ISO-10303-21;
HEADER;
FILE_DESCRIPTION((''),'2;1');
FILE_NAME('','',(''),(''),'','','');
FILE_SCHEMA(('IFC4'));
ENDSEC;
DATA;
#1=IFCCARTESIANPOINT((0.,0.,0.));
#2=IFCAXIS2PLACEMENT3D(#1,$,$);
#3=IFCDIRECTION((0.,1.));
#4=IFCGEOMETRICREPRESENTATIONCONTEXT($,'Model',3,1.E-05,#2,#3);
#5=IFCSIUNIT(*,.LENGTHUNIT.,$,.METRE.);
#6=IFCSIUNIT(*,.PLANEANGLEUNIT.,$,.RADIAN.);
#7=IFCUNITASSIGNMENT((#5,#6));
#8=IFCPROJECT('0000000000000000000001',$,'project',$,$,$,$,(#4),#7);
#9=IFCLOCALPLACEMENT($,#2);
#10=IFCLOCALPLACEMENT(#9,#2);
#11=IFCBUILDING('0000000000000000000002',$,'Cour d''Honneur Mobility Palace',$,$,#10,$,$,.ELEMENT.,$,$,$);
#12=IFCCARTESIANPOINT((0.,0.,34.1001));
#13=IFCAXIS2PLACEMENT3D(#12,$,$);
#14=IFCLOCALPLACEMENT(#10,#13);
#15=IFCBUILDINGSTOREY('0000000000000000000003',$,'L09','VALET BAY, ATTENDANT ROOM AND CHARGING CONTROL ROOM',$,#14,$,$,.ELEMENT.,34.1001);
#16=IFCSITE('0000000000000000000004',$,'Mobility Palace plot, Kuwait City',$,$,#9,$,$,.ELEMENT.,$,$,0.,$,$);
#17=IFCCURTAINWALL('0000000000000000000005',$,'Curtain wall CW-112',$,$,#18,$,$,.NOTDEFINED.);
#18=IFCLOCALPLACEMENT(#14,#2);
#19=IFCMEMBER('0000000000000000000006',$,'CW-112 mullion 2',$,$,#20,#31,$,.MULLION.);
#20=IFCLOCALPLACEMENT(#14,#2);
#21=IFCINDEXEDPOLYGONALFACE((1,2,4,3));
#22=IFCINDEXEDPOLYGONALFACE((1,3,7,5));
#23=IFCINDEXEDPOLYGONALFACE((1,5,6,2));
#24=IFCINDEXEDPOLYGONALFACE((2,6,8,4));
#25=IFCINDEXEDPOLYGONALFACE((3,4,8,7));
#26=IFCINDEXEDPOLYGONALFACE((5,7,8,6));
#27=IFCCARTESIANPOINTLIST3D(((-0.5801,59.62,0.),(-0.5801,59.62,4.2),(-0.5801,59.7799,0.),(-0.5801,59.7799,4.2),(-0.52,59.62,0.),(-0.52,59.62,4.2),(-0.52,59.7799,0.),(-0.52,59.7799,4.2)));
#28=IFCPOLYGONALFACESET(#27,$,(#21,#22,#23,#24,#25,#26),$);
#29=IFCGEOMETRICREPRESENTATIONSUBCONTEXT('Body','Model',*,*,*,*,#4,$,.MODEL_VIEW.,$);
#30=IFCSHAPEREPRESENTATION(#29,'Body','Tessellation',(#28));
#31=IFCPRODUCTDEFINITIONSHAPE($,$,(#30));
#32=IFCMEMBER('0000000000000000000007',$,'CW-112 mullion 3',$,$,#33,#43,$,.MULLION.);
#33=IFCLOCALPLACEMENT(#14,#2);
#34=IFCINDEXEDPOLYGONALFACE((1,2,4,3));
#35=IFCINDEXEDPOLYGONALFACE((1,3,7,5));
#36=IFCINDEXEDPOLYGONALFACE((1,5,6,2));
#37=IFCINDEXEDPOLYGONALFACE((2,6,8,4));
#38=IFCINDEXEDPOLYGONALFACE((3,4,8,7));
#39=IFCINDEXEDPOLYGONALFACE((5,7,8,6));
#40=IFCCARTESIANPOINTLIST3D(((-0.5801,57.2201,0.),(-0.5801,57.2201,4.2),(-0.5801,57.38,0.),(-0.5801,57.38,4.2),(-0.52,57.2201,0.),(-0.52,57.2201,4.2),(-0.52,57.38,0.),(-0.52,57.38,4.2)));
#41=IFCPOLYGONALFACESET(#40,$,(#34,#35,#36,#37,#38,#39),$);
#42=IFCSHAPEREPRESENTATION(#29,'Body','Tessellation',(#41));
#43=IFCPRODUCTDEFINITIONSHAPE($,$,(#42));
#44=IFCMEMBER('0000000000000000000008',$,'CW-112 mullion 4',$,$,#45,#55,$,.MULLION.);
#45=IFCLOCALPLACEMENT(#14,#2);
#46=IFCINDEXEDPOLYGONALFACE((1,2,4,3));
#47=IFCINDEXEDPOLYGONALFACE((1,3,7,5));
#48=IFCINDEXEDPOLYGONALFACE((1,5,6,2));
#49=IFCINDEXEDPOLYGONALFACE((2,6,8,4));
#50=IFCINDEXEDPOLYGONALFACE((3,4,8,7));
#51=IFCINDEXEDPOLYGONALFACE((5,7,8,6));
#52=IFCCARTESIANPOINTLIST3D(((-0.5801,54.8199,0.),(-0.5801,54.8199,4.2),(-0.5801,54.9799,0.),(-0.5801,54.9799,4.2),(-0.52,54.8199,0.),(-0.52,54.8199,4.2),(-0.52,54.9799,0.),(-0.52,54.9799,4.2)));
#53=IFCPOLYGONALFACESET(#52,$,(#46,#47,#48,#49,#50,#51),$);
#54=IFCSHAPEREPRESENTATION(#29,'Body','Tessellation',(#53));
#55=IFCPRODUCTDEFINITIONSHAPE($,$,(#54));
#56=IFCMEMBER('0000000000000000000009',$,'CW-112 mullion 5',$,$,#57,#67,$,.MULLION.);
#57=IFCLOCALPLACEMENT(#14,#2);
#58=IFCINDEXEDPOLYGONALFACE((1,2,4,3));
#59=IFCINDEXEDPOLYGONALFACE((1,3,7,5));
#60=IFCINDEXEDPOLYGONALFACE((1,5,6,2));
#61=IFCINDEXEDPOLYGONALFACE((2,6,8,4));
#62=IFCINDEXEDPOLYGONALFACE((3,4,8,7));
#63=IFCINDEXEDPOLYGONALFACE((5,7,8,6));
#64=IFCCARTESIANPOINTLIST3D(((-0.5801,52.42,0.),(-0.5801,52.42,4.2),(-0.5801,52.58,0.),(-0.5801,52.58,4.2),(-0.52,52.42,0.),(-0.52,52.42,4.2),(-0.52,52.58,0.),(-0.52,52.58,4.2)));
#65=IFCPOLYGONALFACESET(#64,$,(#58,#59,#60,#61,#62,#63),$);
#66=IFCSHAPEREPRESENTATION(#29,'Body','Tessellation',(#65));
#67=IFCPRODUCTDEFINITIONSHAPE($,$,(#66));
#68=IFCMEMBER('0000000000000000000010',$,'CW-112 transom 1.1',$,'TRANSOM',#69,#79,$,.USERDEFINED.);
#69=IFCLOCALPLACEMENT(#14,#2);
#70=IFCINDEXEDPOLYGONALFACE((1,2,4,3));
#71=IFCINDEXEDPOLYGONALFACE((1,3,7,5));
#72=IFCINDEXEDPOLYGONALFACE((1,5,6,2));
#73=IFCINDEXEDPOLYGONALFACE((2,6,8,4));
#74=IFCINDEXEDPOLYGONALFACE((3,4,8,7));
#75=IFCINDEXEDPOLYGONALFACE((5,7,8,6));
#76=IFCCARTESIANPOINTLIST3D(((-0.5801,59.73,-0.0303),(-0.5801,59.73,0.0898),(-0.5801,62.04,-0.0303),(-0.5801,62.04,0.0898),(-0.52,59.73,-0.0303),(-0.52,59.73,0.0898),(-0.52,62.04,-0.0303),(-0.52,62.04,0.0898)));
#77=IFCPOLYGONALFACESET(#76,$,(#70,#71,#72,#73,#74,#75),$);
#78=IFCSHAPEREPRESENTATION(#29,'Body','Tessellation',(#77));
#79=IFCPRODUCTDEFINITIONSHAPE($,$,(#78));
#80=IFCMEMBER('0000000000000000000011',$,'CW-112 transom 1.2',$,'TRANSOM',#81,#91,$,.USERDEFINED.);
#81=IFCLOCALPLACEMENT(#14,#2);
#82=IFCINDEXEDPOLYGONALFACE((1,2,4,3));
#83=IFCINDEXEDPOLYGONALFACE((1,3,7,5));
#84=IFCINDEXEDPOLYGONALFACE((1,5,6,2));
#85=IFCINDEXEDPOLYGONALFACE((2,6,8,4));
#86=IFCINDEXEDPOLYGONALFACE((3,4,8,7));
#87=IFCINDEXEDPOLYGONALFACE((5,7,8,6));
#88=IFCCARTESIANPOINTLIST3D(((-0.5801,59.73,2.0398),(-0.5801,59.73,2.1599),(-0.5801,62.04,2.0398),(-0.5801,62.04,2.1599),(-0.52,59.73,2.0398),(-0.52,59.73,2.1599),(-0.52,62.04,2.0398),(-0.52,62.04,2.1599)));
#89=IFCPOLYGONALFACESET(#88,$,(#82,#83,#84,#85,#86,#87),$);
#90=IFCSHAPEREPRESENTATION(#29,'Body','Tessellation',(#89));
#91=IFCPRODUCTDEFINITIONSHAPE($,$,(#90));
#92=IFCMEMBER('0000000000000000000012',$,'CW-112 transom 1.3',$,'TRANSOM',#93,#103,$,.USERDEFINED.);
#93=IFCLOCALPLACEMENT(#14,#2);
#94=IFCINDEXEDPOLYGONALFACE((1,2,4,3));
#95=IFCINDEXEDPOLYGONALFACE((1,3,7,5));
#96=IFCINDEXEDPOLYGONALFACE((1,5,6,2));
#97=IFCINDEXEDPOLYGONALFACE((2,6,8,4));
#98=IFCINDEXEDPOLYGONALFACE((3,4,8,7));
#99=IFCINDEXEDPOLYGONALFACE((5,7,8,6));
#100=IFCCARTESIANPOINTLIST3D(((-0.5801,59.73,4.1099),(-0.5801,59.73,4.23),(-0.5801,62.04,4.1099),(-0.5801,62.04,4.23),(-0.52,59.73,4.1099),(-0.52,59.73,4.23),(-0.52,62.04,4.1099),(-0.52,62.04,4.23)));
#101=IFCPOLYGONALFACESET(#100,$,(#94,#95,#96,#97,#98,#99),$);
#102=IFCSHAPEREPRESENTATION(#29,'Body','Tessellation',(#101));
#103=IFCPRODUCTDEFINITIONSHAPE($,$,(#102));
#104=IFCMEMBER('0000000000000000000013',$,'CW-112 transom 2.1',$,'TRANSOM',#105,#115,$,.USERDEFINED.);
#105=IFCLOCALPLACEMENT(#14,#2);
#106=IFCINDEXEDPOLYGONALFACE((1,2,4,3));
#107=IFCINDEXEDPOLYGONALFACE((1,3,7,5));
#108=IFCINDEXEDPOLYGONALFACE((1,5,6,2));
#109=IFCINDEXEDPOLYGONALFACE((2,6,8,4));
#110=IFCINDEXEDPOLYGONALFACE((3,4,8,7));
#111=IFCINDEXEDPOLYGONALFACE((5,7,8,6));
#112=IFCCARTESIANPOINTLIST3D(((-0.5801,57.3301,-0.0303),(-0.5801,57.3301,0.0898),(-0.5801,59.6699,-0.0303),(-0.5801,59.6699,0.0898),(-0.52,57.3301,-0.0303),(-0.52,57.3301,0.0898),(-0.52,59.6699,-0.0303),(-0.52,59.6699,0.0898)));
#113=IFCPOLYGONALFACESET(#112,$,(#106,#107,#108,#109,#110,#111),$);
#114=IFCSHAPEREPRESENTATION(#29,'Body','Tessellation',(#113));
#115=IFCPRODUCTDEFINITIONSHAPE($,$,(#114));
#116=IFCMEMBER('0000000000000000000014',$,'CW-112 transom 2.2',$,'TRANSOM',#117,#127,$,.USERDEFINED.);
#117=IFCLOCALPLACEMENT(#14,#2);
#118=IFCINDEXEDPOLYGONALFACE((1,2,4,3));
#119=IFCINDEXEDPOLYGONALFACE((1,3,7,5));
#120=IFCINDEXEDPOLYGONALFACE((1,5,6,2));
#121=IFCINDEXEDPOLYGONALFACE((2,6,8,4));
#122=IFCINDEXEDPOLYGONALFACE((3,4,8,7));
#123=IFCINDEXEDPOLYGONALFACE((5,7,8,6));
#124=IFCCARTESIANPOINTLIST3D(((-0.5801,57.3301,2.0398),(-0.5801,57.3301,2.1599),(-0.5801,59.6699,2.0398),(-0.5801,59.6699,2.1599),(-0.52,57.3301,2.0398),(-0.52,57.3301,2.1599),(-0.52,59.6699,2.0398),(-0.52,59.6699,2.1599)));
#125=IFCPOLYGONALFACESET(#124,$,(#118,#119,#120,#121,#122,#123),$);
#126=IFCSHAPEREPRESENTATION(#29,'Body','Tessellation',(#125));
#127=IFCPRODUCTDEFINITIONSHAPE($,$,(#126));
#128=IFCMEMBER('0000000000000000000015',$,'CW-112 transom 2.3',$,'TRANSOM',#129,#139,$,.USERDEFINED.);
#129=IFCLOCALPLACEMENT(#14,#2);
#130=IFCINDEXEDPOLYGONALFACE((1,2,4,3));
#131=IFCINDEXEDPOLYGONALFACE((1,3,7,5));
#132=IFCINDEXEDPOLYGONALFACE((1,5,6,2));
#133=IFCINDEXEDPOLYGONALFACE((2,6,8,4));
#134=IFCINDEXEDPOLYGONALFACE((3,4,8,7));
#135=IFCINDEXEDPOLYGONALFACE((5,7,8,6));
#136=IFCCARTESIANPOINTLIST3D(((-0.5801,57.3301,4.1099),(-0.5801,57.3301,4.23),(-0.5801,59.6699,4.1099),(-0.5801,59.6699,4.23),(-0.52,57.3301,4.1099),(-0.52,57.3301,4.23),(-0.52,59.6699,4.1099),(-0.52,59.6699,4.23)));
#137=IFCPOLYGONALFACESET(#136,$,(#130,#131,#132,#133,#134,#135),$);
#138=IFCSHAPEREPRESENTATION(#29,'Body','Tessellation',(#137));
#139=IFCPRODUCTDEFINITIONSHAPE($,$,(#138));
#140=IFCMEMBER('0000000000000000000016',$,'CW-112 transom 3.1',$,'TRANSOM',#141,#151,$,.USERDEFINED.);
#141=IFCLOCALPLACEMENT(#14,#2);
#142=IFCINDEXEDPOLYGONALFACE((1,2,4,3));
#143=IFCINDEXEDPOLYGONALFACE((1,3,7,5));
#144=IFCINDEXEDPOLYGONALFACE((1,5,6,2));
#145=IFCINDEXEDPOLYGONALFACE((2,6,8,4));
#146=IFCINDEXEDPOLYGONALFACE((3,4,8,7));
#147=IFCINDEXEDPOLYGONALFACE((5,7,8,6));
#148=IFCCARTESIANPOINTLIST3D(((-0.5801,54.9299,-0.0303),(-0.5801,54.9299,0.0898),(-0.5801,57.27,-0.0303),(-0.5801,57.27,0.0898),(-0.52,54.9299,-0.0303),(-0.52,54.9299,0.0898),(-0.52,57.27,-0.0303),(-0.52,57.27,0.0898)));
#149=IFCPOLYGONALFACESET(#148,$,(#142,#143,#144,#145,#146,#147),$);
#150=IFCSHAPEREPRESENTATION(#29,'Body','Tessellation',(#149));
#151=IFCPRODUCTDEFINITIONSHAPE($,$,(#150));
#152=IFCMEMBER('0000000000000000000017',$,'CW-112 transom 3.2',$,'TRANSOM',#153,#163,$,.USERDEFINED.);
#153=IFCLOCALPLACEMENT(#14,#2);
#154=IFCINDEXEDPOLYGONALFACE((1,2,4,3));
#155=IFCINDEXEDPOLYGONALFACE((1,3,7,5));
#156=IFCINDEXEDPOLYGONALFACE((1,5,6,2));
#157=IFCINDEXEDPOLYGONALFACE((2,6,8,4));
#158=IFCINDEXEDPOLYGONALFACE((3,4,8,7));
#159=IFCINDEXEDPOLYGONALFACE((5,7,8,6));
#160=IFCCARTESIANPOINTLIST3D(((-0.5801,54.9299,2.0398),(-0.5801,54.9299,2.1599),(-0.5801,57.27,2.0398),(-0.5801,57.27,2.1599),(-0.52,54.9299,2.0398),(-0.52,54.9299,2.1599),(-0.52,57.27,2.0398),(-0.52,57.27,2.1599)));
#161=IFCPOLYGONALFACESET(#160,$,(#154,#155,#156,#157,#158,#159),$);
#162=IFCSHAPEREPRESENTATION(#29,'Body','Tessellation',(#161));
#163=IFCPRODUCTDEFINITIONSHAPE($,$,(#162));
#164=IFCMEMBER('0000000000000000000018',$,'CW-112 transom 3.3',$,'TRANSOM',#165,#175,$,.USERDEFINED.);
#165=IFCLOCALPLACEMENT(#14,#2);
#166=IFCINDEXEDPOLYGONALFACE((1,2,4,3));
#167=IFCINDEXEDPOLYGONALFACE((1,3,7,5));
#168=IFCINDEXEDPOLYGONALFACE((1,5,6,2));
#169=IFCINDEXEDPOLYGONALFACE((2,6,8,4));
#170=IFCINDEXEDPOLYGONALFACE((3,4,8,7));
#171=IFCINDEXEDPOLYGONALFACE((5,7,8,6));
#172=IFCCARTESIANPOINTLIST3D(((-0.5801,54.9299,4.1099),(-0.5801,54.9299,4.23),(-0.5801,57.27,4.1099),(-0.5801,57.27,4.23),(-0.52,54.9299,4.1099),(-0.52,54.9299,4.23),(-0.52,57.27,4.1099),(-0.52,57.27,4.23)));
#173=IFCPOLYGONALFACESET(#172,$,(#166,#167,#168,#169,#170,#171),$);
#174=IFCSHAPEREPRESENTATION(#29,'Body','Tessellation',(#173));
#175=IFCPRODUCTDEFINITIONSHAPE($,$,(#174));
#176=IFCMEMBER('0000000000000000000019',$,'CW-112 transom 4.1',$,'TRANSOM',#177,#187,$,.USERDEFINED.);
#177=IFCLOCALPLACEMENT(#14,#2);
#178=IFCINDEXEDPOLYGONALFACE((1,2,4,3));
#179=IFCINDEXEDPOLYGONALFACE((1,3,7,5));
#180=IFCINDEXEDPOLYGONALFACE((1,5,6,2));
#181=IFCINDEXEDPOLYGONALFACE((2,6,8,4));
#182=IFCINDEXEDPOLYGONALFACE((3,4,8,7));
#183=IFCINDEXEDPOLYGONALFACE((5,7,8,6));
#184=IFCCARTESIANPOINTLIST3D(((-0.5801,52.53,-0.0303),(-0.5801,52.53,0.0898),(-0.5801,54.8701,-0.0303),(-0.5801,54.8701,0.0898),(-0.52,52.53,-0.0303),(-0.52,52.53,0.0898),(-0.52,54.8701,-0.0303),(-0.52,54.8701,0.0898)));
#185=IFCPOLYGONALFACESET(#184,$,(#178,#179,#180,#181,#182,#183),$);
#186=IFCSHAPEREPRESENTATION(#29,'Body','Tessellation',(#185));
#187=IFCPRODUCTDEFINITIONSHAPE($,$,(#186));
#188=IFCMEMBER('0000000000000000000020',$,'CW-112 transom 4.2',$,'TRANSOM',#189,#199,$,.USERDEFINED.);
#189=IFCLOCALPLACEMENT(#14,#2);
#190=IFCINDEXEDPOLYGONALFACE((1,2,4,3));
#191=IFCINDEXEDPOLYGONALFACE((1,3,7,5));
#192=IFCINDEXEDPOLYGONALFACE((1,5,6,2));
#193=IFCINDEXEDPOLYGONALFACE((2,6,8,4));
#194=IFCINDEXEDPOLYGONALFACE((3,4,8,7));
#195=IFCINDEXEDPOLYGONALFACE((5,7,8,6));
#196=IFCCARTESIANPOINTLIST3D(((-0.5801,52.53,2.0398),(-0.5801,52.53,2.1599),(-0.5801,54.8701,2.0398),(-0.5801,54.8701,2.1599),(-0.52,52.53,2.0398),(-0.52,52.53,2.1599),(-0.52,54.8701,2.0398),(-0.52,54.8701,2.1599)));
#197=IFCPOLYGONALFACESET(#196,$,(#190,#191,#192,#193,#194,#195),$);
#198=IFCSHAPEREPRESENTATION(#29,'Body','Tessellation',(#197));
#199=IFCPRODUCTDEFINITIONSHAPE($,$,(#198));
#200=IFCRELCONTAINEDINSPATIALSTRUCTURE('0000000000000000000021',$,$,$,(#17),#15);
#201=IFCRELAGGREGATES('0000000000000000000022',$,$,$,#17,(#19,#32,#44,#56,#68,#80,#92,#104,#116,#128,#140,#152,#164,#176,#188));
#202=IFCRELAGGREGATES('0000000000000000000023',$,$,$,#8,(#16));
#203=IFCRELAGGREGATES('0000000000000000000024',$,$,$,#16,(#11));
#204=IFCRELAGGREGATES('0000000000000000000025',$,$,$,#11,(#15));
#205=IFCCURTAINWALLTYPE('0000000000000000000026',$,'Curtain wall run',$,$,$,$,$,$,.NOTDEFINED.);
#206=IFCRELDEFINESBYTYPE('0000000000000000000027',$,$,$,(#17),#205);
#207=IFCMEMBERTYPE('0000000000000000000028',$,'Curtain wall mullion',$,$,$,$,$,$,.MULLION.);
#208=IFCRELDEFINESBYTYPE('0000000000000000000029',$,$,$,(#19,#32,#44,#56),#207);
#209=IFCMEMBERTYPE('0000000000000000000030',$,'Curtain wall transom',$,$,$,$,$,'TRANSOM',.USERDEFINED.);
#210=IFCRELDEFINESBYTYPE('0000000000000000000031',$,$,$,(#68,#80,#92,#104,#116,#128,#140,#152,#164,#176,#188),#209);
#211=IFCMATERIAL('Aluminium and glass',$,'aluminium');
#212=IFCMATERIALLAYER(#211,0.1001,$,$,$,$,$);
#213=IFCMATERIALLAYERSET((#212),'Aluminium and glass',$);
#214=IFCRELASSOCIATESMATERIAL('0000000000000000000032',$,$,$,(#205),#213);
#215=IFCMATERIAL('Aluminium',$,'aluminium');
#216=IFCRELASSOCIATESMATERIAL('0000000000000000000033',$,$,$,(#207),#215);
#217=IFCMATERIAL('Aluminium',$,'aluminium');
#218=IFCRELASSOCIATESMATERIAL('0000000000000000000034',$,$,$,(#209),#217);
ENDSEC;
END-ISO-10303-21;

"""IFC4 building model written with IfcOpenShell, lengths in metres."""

from ifc_helpers import new_model, si_unit, direction, frame, origin, origin_2d, place, context, subcontext, project, spatial, rectangle, extrude, material, layer, layer_set, material_profile, profile_set, type_object, element, aggregate, save


model = new_model("IFC4")

# Units and contexts
model_context = context("Model", 3, precision=1e-05, world=origin(), true_north=direction((0.0, 1.0)))
body_context = subcontext(model_context, "Body", "Model", "MODEL_VIEW")
ifc_project = project(units=[si_unit("LENGTHUNIT", "METRE"), si_unit("PLANEANGLEUNIT", "RADIAN")], contexts=[model_context])

# Site, building, storey
site_placement = place(None, origin())
site = spatial("IfcSite", under=ifc_project, at=site_placement, Name="Mobility Palace plot, Kuwait City", CompositionType="ELEMENT", RefElevation=0.0)
building_placement = place(site_placement, origin())
building = spatial("IfcBuilding", under=site, at=building_placement, Name="Cour d'Honneur Mobility Palace", CompositionType="ELEMENT")
storey_placement = place(building_placement, frame((0.0, 0.0, 34.1001)))
storey = spatial("IfcBuildingStorey", under=building, at=storey_placement, Name="L09", Description="VALET BAY, ATTENDANT ROOM AND CHARGING CONTROL ROOM", CompositionType="ELEMENT", Elevation=34.1001)

# Curtain wall, members
ifc_material_1 = material(Name="Aluminium and glass", Category="aluminium")
ifc_layer_1 = layer(ifc_material_1, 0.1001)
ifc_layer_set_1 = layer_set([ifc_layer_1], Name="Aluminium and glass")
curtain_wall_type = type_object("IfcCurtainWallType", Name="Curtain wall run", PredefinedType="NOTDEFINED", material=ifc_layer_set_1)
curtain_wall_placement = place(storey_placement, origin())
curtain_wall = element("IfcCurtainWall", 1, at=curtain_wall_placement, inside=storey, type_object=curtain_wall_type, Name="Curtain wall CW-112", PredefinedType="NOTDEFINED")
ifc_material_2 = material(Name="Aluminium", Category="aluminium")
ifc_material_profile_1 = material_profile(ifc_material_2, rectangle(XDim=0.0601, YDim=0.1599, at=origin_2d()), Name="Curtain wall mullion")
ifc_profile_set_1 = profile_set([ifc_material_profile_1], Name="Aluminium")
member_type_1 = type_object("IfcMemberType", Name="Curtain wall mullion", PredefinedType="MULLION", material=ifc_profile_set_1)
member_1_placement = place(storey_placement, frame((-0.55, 59.7, 0.0), z_axis=(0.0, 0.0, 1.0), x_axis=(1.0, 0.0, 0.0)))
member_1 = element("IfcMember", 2, at=member_1_placement, type_object=member_type_1, Name="CW-112 mullion 2", PredefinedType="MULLION", context=body_context, shape_type="SweptSolid", body=[
    extrude(rectangle(XDim=0.0601, YDim=0.1599, at=origin_2d()), origin(), (0.0, 0.0, 1.0), 4.2),
])
member_2_placement = place(storey_placement, frame((-0.55, 57.3, 0.0), z_axis=(0.0, 0.0, 1.0), x_axis=(1.0, 0.0, 0.0)))
member_2 = element("IfcMember", 3, at=member_2_placement, type_object=member_type_1, Name="CW-112 mullion 3", PredefinedType="MULLION", context=body_context, shape_type="SweptSolid", body=[
    extrude(rectangle(XDim=0.0601, YDim=0.1599, at=origin_2d()), origin(), (0.0, 0.0, 1.0), 4.2),
])
member_3_placement = place(storey_placement, frame((-0.55, 54.8999, 0.0), z_axis=(0.0, 0.0, 1.0), x_axis=(1.0, 0.0, 0.0)))
member_3 = element("IfcMember", 4, at=member_3_placement, type_object=member_type_1, Name="CW-112 mullion 4", PredefinedType="MULLION", context=body_context, shape_type="SweptSolid", body=[
    extrude(rectangle(XDim=0.0601, YDim=0.1599, at=origin_2d()), origin(), (0.0, 0.0, 1.0), 4.2),
])
member_4_placement = place(storey_placement, frame((-0.55, 52.5, 0.0), z_axis=(0.0, 0.0, 1.0), x_axis=(1.0, 0.0, 0.0)))
member_4 = element("IfcMember", 5, at=member_4_placement, type_object=member_type_1, Name="CW-112 mullion 5", PredefinedType="MULLION", context=body_context, shape_type="SweptSolid", body=[
    extrude(rectangle(XDim=0.0601, YDim=0.1599, at=origin_2d()), origin(), (0.0, 0.0, 1.0), 4.2),
])
ifc_material_3 = material(Name="Aluminium", Category="aluminium")
ifc_material_profile_2 = material_profile(ifc_material_3, rectangle(XDim=0.0601, YDim=0.1201, at=origin_2d()), Name="Curtain wall transom")
ifc_profile_set_2 = profile_set([ifc_material_profile_2], Name="Aluminium")
member_type_2 = type_object("IfcMemberType", Name="Curtain wall transom", ElementType="TRANSOM", PredefinedType="USERDEFINED", material=ifc_profile_set_2)
member_5_placement = place(storey_placement, frame((-0.55, 62.04, 0.0298), z_axis=(0.0, -1.0, 0.0), x_axis=(1.0, 0.0, 0.0)))
member_5 = element("IfcMember", 6, at=member_5_placement, type_object=member_type_2, Name="CW-112 transom 1.1", ObjectType="TRANSOM", PredefinedType="USERDEFINED", context=body_context, shape_type="SweptSolid", body=[
    extrude(rectangle(XDim=0.0601, YDim=0.1201, at=origin_2d()), origin(), (0.0, 0.0, 1.0), 2.3101),
])
member_6_placement = place(storey_placement, frame((-0.55, 62.04, 2.0999), z_axis=(0.0, -1.0, 0.0), x_axis=(1.0, 0.0, 0.0)))
member_6 = element("IfcMember", 7, at=member_6_placement, type_object=member_type_2, Name="CW-112 transom 1.2", ObjectType="TRANSOM", PredefinedType="USERDEFINED", context=body_context, shape_type="SweptSolid", body=[
    extrude(rectangle(XDim=0.0601, YDim=0.1201, at=origin_2d()), origin(), (0.0, 0.0, 1.0), 2.3101),
])
member_7_placement = place(storey_placement, frame((-0.55, 62.04, 4.1699), z_axis=(0.0, -1.0, 0.0), x_axis=(1.0, 0.0, 0.0)))
member_7 = element("IfcMember", 8, at=member_7_placement, type_object=member_type_2, Name="CW-112 transom 1.3", ObjectType="TRANSOM", PredefinedType="USERDEFINED", context=body_context, shape_type="SweptSolid", body=[
    extrude(rectangle(XDim=0.0601, YDim=0.1201, at=origin_2d()), origin(), (0.0, 0.0, 1.0), 2.3101),
])
member_8_placement = place(storey_placement, frame((-0.55, 59.6699, 0.0298), z_axis=(0.0, -1.0, 0.0), x_axis=(1.0, 0.0, 0.0)))
member_8 = element("IfcMember", 9, at=member_8_placement, type_object=member_type_2, Name="CW-112 transom 2.1", ObjectType="TRANSOM", PredefinedType="USERDEFINED", context=body_context, shape_type="SweptSolid", body=[
    extrude(rectangle(XDim=0.0601, YDim=0.1201, at=origin_2d()), origin(), (0.0, 0.0, 1.0), 2.3398),
])
member_9_placement = place(storey_placement, frame((-0.55, 59.6699, 2.0999), z_axis=(0.0, -1.0, 0.0), x_axis=(1.0, 0.0, 0.0)))
member_9 = element("IfcMember", 10, at=member_9_placement, type_object=member_type_2, Name="CW-112 transom 2.2", ObjectType="TRANSOM", PredefinedType="USERDEFINED", context=body_context, shape_type="SweptSolid", body=[
    extrude(rectangle(XDim=0.0601, YDim=0.1201, at=origin_2d()), origin(), (0.0, 0.0, 1.0), 2.3398),
])
member_10_placement = place(storey_placement, frame((-0.55, 59.6699, 4.1699), z_axis=(0.0, -1.0, 0.0), x_axis=(1.0, 0.0, 0.0)))
member_10 = element("IfcMember", 11, at=member_10_placement, type_object=member_type_2, Name="CW-112 transom 2.3", ObjectType="TRANSOM", PredefinedType="USERDEFINED", context=body_context, shape_type="SweptSolid", body=[
    extrude(rectangle(XDim=0.0601, YDim=0.1201, at=origin_2d()), origin(), (0.0, 0.0, 1.0), 2.3398),
])
member_11_placement = place(storey_placement, frame((-0.55, 57.27, 0.0298), z_axis=(0.0, -1.0, 0.0), x_axis=(1.0, 0.0, 0.0)))
member_11 = element("IfcMember", 12, at=member_11_placement, type_object=member_type_2, Name="CW-112 transom 3.1", ObjectType="TRANSOM", PredefinedType="USERDEFINED", context=body_context, shape_type="SweptSolid", body=[
    extrude(rectangle(XDim=0.0601, YDim=0.1201, at=origin_2d()), origin(), (0.0, 0.0, 1.0), 2.3401),
])
member_12_placement = place(storey_placement, frame((-0.55, 57.27, 2.0999), z_axis=(0.0, -1.0, 0.0), x_axis=(1.0, 0.0, 0.0)))
member_12 = element("IfcMember", 13, at=member_12_placement, type_object=member_type_2, Name="CW-112 transom 3.2", ObjectType="TRANSOM", PredefinedType="USERDEFINED", context=body_context, shape_type="SweptSolid", body=[
    extrude(rectangle(XDim=0.0601, YDim=0.1201, at=origin_2d()), origin(), (0.0, 0.0, 1.0), 2.3401),
])
member_13_placement = place(storey_placement, frame((-0.55, 57.27, 4.1699), z_axis=(0.0, -1.0, 0.0), x_axis=(1.0, 0.0, 0.0)))
member_13 = element("IfcMember", 14, at=member_13_placement, type_object=member_type_2, Name="CW-112 transom 3.3", ObjectType="TRANSOM", PredefinedType="USERDEFINED", context=body_context, shape_type="SweptSolid", body=[
    extrude(rectangle(XDim=0.0601, YDim=0.1201, at=origin_2d()), origin(), (0.0, 0.0, 1.0), 2.3401),
])
member_14_placement = place(storey_placement, frame((-0.55, 54.8701, 0.0298), z_axis=(0.0, -1.0, 0.0), x_axis=(1.0, 0.0, 0.0)))
member_14 = element("IfcMember", 15, at=member_14_placement, type_object=member_type_2, Name="CW-112 transom 4.1", ObjectType="TRANSOM", PredefinedType="USERDEFINED", context=body_context, shape_type="SweptSolid", body=[
    extrude(rectangle(XDim=0.0601, YDim=0.1201, at=origin_2d()), origin(), (0.0, 0.0, 1.0), 2.3401),
])
member_15_placement = place(storey_placement, frame((-0.55, 54.8701, 2.0999), z_axis=(0.0, -1.0, 0.0), x_axis=(1.0, 0.0, 0.0)))
member_15 = element("IfcMember", 16, at=member_15_placement, type_object=member_type_2, Name="CW-112 transom 4.2", ObjectType="TRANSOM", PredefinedType="USERDEFINED", context=body_context, shape_type="SweptSolid", body=[
    extrude(rectangle(XDim=0.0601, YDim=0.1201, at=origin_2d()), origin(), (0.0, 0.0, 1.0), 2.3401),
])
aggregate(curtain_wall, [member_1, member_2, member_3, member_4, member_5, member_6, member_7, member_8, member_9, member_10, member_11, member_12, member_13, member_14, member_15])

save(model, "model.ifc")
